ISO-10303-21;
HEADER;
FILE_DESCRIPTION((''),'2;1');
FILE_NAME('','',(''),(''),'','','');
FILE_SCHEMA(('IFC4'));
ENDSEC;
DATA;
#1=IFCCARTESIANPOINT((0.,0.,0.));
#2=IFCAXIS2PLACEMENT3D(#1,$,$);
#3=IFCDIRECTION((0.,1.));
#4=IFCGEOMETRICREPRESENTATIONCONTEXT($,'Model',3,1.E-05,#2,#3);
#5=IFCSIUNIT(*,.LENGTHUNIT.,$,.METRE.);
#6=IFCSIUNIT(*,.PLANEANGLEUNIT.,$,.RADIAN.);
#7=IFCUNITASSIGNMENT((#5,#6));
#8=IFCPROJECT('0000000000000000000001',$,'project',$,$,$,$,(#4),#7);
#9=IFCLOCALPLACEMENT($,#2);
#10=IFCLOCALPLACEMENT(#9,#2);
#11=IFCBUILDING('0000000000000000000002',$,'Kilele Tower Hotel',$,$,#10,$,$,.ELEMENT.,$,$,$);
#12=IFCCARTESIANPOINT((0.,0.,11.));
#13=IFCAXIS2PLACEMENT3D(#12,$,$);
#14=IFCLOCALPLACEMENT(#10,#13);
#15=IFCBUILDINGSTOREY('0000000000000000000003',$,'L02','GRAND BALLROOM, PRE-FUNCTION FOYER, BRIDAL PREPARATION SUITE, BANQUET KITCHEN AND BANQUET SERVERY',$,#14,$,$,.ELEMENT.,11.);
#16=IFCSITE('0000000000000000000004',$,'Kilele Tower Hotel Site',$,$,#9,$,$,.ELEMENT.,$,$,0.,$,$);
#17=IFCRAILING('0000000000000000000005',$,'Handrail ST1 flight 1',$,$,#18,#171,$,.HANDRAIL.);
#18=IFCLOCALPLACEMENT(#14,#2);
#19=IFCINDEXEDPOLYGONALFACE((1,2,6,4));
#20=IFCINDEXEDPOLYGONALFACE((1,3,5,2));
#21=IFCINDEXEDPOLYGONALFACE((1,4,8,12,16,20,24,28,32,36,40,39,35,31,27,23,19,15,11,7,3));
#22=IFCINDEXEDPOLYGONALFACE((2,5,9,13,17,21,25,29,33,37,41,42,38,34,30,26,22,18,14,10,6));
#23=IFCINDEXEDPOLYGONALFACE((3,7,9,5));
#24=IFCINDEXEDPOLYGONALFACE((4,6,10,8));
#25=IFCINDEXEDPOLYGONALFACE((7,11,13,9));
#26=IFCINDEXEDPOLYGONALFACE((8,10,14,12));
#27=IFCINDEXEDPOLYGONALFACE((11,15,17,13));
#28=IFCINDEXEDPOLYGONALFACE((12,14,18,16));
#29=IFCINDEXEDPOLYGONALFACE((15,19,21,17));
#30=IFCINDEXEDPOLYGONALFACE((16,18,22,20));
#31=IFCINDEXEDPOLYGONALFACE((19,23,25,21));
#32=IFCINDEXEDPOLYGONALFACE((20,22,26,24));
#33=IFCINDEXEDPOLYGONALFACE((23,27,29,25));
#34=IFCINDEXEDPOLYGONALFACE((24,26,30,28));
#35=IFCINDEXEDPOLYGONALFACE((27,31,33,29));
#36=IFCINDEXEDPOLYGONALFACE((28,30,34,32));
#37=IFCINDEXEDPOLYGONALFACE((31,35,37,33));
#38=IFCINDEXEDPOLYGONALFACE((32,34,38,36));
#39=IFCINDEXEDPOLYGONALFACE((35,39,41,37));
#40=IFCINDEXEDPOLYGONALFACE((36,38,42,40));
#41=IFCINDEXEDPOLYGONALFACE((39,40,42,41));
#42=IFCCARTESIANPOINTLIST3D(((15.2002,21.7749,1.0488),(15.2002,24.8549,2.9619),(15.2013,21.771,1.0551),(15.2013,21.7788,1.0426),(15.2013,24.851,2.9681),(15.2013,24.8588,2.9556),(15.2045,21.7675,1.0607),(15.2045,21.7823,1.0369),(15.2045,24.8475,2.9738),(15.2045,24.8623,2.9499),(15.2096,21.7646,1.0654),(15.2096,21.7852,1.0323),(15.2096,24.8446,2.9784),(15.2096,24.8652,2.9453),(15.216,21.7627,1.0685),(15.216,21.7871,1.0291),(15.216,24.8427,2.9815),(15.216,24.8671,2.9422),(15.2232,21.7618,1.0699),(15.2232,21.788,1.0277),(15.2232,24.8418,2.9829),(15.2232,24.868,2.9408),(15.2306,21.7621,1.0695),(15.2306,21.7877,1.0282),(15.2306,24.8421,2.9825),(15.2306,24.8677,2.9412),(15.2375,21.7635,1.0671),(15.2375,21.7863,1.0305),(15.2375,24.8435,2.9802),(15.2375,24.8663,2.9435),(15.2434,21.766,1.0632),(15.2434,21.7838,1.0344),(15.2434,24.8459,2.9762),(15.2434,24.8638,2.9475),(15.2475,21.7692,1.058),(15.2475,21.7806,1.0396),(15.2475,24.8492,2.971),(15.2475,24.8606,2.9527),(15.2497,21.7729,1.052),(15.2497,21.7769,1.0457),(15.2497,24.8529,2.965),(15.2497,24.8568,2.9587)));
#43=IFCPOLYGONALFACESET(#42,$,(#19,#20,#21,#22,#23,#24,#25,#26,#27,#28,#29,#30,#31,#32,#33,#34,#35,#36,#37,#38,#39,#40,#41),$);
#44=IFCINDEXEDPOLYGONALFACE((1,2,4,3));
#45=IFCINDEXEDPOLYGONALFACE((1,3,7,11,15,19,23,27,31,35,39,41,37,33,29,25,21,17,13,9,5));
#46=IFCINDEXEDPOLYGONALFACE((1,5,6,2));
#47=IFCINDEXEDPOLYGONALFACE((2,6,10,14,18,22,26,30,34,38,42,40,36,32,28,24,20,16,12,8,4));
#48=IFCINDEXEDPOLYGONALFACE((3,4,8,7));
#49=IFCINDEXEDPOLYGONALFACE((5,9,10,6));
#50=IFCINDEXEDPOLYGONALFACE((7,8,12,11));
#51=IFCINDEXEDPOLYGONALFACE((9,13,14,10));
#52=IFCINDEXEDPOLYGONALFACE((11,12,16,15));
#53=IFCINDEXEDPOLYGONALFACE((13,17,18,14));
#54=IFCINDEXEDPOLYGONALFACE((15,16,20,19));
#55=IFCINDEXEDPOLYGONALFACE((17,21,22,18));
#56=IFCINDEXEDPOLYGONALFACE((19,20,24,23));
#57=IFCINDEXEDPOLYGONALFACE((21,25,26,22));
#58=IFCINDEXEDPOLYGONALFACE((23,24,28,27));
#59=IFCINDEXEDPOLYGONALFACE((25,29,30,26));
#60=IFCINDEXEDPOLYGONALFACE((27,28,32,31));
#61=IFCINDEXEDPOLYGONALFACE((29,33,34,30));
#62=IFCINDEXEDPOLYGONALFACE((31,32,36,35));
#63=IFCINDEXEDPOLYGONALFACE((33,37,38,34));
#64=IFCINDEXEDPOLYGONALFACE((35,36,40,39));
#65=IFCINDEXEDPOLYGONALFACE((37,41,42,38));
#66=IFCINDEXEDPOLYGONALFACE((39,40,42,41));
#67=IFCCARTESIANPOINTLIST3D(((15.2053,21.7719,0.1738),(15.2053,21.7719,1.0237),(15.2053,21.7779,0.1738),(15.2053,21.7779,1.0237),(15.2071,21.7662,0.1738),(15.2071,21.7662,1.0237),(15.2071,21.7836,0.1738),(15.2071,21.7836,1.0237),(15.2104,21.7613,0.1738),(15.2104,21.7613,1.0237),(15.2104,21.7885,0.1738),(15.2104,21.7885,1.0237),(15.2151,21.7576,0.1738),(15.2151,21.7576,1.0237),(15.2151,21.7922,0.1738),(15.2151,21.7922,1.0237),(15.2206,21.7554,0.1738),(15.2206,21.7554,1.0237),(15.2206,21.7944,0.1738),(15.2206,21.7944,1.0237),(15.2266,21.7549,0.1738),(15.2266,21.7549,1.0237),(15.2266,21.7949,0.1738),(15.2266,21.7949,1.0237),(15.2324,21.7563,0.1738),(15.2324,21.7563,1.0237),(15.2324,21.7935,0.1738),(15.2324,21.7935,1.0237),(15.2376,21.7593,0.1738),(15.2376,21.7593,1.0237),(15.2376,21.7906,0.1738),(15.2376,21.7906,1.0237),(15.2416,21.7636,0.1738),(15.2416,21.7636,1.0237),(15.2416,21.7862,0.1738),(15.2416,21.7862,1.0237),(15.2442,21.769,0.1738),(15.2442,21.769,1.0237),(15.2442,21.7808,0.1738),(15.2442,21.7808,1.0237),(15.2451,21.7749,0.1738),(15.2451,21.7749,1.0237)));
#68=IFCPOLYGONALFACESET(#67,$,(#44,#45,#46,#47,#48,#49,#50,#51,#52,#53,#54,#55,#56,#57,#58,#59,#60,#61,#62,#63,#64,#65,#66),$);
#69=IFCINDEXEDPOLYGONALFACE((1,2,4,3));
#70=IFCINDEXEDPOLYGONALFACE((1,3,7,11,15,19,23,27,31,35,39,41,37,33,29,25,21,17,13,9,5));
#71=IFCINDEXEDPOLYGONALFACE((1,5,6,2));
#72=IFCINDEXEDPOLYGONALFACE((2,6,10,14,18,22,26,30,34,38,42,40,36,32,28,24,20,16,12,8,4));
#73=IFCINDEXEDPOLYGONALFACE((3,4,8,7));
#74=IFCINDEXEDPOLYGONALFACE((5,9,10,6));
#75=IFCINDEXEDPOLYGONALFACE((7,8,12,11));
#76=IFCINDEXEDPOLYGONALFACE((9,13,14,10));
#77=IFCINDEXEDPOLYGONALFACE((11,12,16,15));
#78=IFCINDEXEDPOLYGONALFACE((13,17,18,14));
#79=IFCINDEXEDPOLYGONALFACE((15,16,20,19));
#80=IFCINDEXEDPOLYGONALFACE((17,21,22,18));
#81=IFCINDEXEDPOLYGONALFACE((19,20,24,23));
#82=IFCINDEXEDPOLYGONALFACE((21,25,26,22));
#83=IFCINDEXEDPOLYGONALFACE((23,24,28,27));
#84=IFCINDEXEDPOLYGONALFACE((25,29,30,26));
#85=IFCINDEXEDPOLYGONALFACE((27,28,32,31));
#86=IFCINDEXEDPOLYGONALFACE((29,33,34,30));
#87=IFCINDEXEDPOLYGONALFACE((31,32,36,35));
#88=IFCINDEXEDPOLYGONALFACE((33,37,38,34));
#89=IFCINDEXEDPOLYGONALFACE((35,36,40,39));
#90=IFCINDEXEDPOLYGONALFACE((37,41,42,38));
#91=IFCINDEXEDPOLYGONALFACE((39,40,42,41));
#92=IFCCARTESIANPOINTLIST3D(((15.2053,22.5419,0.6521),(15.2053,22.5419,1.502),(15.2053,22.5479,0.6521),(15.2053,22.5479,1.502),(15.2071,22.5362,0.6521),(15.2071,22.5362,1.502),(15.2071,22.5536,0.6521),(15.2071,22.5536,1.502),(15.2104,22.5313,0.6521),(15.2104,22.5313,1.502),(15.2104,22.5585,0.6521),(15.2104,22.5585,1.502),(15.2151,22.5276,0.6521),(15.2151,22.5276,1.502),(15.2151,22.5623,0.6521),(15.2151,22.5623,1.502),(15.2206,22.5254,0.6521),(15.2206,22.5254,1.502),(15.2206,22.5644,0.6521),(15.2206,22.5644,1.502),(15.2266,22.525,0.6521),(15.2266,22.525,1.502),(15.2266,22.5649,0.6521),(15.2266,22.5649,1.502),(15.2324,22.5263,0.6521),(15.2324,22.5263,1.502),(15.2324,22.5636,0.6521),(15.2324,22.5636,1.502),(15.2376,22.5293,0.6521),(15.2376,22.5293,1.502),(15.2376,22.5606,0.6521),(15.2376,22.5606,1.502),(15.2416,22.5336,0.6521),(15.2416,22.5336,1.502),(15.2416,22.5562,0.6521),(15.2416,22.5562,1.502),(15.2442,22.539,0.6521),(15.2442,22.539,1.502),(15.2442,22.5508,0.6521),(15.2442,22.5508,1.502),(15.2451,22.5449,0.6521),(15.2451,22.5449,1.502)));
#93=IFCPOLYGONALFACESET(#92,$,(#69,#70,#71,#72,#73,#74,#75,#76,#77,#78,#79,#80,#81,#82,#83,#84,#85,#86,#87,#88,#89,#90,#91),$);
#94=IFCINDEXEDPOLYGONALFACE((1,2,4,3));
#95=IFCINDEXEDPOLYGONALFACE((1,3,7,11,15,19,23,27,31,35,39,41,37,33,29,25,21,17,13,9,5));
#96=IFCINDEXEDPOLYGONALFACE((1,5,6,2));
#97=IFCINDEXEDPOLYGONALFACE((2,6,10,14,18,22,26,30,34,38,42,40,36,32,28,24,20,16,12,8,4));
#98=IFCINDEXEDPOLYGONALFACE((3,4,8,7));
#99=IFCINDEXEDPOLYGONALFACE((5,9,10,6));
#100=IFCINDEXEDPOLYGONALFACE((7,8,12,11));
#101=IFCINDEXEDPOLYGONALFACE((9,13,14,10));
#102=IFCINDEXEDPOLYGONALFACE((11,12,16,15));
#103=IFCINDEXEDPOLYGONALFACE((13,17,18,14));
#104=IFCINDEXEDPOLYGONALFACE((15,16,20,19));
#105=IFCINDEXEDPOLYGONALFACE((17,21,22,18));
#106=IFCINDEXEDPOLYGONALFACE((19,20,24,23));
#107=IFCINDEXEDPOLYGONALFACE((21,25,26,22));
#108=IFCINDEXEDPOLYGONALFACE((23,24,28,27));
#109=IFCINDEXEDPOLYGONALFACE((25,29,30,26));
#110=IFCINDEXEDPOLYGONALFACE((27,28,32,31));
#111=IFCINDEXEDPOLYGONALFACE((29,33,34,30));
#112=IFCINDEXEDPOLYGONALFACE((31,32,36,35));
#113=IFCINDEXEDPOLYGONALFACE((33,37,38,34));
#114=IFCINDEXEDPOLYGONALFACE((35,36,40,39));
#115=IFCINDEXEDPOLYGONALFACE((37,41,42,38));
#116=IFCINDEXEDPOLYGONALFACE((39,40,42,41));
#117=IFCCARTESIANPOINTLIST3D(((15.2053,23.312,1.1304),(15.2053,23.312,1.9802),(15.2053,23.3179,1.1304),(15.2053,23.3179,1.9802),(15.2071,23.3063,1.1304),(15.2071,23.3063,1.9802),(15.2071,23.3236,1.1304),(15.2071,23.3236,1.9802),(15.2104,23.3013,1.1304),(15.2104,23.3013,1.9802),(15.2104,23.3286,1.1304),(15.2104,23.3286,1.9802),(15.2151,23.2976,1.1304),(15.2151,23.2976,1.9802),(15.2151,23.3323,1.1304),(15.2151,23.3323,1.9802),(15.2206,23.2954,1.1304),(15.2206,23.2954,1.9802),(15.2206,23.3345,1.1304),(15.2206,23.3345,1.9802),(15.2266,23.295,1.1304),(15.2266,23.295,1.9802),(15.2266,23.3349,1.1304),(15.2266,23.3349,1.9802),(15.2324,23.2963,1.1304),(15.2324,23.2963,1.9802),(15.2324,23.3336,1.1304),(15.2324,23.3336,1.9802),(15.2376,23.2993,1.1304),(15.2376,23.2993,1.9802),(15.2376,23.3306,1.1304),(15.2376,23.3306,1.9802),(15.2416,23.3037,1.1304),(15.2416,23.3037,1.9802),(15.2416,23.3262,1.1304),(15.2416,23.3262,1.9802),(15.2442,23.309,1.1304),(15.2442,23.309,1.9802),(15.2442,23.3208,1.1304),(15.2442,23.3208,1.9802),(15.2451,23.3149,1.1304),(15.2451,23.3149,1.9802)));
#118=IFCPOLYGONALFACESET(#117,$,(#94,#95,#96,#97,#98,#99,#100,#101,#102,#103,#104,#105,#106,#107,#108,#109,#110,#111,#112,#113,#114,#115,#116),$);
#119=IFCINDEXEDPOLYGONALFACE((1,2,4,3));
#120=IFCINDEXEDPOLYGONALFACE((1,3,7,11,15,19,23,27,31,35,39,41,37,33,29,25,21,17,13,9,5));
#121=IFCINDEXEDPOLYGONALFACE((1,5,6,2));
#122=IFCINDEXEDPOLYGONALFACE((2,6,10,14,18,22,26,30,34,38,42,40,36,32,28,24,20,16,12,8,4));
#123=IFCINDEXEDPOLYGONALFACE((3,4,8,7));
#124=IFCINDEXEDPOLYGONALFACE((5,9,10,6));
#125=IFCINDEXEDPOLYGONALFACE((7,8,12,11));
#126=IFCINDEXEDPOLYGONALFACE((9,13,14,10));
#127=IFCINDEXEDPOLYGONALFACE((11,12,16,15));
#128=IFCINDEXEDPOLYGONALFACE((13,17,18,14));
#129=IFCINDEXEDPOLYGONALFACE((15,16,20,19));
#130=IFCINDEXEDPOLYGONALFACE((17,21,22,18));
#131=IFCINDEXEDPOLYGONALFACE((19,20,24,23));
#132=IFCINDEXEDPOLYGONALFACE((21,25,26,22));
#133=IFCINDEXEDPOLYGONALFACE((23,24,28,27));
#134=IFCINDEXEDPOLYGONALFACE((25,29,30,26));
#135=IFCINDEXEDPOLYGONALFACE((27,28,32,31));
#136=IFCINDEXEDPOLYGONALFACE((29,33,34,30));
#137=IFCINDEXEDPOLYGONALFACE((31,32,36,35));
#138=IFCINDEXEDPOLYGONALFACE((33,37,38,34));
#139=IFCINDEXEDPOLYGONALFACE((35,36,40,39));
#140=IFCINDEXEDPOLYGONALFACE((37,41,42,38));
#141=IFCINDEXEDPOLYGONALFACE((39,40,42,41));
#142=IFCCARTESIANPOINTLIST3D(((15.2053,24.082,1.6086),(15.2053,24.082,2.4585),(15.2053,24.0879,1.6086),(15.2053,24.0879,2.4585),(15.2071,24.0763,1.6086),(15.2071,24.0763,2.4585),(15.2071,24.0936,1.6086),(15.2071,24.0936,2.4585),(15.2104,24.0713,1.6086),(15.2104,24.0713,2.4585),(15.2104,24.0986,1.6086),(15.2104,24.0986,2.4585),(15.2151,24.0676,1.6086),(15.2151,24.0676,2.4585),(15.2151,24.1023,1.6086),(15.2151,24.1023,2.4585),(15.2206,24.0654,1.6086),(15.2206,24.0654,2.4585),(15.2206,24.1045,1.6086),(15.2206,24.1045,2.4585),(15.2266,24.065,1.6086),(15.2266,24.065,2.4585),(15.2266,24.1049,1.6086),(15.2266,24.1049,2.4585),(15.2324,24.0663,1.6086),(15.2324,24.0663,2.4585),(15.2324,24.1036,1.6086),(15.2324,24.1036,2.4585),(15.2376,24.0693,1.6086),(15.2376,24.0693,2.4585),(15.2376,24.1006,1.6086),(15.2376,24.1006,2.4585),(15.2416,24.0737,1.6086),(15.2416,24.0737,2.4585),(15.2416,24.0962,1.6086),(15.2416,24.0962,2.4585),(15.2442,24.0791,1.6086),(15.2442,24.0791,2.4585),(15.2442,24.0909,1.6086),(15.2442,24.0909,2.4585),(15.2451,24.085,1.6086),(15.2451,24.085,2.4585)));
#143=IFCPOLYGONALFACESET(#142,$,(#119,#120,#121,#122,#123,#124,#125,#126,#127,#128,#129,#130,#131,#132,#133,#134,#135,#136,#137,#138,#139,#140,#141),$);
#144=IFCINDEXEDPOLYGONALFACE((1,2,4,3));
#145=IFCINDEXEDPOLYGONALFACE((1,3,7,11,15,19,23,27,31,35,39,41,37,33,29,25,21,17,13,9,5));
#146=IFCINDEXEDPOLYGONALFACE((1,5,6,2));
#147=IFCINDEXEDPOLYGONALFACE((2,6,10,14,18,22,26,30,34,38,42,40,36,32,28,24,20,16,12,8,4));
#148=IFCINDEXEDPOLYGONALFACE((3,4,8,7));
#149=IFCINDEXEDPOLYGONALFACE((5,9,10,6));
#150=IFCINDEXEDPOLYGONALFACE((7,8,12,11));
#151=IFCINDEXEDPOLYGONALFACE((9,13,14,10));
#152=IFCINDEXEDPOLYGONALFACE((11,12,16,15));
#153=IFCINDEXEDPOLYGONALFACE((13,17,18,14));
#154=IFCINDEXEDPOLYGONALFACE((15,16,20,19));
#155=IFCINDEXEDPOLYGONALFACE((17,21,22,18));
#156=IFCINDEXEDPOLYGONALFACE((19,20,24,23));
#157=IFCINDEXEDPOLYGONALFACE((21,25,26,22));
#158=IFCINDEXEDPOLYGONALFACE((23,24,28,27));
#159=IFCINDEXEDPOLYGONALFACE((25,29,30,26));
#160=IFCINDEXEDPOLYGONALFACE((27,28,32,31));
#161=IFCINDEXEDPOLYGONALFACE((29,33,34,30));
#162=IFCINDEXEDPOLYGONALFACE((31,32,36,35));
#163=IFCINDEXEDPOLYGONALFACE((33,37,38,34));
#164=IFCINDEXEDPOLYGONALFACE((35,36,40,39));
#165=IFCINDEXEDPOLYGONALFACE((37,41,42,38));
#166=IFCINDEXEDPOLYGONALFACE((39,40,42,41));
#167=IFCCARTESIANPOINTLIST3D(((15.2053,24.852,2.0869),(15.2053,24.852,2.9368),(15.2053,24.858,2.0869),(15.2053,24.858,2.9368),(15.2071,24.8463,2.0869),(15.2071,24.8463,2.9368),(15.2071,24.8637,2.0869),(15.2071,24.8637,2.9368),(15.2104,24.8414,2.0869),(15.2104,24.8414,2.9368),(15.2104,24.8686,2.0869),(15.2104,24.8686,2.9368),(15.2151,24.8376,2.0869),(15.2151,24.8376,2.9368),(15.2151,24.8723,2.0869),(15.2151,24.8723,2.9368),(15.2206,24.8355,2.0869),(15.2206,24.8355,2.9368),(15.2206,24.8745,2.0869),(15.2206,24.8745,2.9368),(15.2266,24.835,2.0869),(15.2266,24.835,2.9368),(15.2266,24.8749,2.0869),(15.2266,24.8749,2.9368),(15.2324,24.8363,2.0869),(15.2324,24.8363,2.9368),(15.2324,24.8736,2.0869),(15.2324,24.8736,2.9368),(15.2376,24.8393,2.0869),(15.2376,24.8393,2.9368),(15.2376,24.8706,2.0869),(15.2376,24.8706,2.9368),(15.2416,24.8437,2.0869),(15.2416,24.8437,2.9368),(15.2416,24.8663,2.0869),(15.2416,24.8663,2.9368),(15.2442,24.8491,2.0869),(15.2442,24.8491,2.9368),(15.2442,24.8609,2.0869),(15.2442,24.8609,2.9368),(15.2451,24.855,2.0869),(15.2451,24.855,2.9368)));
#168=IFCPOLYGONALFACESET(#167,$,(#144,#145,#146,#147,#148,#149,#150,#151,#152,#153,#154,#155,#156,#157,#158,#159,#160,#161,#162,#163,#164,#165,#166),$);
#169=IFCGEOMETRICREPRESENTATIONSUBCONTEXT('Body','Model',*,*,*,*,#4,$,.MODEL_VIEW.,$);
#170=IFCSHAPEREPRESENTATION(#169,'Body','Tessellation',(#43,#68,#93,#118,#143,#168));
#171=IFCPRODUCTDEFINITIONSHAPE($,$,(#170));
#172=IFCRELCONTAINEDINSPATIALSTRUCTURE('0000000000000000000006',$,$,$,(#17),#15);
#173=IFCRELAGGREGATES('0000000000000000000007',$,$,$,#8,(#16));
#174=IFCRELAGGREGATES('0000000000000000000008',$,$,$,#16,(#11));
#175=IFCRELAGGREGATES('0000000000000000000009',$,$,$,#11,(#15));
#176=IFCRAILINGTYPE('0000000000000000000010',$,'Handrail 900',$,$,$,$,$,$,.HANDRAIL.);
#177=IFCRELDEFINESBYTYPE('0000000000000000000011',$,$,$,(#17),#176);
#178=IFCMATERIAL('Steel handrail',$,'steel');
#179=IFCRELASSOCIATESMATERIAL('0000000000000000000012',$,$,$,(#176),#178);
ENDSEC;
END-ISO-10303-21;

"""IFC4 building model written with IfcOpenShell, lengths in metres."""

from ifc_helpers import new_model, si_unit, direction, frame, origin, origin_2d, place, context, subcontext, project, spatial, circle, extrude, material, type_object, element, save


model = new_model("IFC4")

# Units and contexts
model_context = context("Model", 3, precision=1e-05, world=origin(), true_north=direction((0.0, 1.0)))
body_context = subcontext(model_context, "Body", "Model", "MODEL_VIEW")
ifc_project = project(units=[si_unit("LENGTHUNIT", "METRE"), si_unit("PLANEANGLEUNIT", "RADIAN")], contexts=[model_context])

# Site, building, storey
site_placement = place(None, origin())
site = spatial("IfcSite", under=ifc_project, at=site_placement, Name="Kilele Tower Hotel Site", CompositionType="ELEMENT", RefElevation=0.0)
building_placement = place(site_placement, origin())
building = spatial("IfcBuilding", under=site, at=building_placement, Name="Kilele Tower Hotel", CompositionType="ELEMENT")
storey_placement = place(building_placement, frame((0.0, 0.0, 11.0)))
storey = spatial("IfcBuildingStorey", under=building, at=storey_placement, Name="L02", Description="GRAND BALLROOM, PRE-FUNCTION FOYER, BRIDAL PREPARATION SUITE, BANQUET KITCHEN AND BANQUET SERVERY", CompositionType="ELEMENT", Elevation=11.0)

# Railing
ifc_material_1 = material(Name="Steel handrail", Category="steel")
railing_type_1 = type_object("IfcRailingType", Name="Handrail 900", PredefinedType="HANDRAIL", material=ifc_material_1)
railing_1_placement = place(storey_placement, frame((15.2251, 21.7749, 0.1738)))
element("IfcRailing", 1, at=railing_1_placement, inside=storey, type_object=railing_type_1, Name="Handrail ST1 flight 1", PredefinedType="HANDRAIL", context=body_context, shape_type="SweptSolid", body=[
    extrude(circle(Radius=0.0249, at=origin_2d()), frame((0.0, 0.0, 0.875), z_axis=(0.0, 0.849478, 0.527624), x_axis=(-1.0, 0.0, 0.0)), (0.0, 0.0, 1.0), 3.6257),
    extrude(circle(Radius=0.02, at=origin_2d()), origin(), (0.0, 0.0, 1.0), 0.8499),
    extrude(circle(Radius=0.02, at=origin_2d()), frame((0.0, 0.77, 0.4783)), (0.0, 0.0, 1.0), 0.8499),
    extrude(circle(Radius=0.02, at=origin_2d()), frame((0.0, 1.54, 0.9565)), (0.0, 0.0, 1.0), 0.8499),
    extrude(circle(Radius=0.02, at=origin_2d()), frame((0.0, 2.3101, 1.4348)), (0.0, 0.0, 1.0), 0.8499),
    extrude(circle(Radius=0.02, at=origin_2d()), frame((0.0, 3.0801, 1.9131)), (0.0, 0.0, 1.0), 0.8499),
])

save(model, "model.ifc")
